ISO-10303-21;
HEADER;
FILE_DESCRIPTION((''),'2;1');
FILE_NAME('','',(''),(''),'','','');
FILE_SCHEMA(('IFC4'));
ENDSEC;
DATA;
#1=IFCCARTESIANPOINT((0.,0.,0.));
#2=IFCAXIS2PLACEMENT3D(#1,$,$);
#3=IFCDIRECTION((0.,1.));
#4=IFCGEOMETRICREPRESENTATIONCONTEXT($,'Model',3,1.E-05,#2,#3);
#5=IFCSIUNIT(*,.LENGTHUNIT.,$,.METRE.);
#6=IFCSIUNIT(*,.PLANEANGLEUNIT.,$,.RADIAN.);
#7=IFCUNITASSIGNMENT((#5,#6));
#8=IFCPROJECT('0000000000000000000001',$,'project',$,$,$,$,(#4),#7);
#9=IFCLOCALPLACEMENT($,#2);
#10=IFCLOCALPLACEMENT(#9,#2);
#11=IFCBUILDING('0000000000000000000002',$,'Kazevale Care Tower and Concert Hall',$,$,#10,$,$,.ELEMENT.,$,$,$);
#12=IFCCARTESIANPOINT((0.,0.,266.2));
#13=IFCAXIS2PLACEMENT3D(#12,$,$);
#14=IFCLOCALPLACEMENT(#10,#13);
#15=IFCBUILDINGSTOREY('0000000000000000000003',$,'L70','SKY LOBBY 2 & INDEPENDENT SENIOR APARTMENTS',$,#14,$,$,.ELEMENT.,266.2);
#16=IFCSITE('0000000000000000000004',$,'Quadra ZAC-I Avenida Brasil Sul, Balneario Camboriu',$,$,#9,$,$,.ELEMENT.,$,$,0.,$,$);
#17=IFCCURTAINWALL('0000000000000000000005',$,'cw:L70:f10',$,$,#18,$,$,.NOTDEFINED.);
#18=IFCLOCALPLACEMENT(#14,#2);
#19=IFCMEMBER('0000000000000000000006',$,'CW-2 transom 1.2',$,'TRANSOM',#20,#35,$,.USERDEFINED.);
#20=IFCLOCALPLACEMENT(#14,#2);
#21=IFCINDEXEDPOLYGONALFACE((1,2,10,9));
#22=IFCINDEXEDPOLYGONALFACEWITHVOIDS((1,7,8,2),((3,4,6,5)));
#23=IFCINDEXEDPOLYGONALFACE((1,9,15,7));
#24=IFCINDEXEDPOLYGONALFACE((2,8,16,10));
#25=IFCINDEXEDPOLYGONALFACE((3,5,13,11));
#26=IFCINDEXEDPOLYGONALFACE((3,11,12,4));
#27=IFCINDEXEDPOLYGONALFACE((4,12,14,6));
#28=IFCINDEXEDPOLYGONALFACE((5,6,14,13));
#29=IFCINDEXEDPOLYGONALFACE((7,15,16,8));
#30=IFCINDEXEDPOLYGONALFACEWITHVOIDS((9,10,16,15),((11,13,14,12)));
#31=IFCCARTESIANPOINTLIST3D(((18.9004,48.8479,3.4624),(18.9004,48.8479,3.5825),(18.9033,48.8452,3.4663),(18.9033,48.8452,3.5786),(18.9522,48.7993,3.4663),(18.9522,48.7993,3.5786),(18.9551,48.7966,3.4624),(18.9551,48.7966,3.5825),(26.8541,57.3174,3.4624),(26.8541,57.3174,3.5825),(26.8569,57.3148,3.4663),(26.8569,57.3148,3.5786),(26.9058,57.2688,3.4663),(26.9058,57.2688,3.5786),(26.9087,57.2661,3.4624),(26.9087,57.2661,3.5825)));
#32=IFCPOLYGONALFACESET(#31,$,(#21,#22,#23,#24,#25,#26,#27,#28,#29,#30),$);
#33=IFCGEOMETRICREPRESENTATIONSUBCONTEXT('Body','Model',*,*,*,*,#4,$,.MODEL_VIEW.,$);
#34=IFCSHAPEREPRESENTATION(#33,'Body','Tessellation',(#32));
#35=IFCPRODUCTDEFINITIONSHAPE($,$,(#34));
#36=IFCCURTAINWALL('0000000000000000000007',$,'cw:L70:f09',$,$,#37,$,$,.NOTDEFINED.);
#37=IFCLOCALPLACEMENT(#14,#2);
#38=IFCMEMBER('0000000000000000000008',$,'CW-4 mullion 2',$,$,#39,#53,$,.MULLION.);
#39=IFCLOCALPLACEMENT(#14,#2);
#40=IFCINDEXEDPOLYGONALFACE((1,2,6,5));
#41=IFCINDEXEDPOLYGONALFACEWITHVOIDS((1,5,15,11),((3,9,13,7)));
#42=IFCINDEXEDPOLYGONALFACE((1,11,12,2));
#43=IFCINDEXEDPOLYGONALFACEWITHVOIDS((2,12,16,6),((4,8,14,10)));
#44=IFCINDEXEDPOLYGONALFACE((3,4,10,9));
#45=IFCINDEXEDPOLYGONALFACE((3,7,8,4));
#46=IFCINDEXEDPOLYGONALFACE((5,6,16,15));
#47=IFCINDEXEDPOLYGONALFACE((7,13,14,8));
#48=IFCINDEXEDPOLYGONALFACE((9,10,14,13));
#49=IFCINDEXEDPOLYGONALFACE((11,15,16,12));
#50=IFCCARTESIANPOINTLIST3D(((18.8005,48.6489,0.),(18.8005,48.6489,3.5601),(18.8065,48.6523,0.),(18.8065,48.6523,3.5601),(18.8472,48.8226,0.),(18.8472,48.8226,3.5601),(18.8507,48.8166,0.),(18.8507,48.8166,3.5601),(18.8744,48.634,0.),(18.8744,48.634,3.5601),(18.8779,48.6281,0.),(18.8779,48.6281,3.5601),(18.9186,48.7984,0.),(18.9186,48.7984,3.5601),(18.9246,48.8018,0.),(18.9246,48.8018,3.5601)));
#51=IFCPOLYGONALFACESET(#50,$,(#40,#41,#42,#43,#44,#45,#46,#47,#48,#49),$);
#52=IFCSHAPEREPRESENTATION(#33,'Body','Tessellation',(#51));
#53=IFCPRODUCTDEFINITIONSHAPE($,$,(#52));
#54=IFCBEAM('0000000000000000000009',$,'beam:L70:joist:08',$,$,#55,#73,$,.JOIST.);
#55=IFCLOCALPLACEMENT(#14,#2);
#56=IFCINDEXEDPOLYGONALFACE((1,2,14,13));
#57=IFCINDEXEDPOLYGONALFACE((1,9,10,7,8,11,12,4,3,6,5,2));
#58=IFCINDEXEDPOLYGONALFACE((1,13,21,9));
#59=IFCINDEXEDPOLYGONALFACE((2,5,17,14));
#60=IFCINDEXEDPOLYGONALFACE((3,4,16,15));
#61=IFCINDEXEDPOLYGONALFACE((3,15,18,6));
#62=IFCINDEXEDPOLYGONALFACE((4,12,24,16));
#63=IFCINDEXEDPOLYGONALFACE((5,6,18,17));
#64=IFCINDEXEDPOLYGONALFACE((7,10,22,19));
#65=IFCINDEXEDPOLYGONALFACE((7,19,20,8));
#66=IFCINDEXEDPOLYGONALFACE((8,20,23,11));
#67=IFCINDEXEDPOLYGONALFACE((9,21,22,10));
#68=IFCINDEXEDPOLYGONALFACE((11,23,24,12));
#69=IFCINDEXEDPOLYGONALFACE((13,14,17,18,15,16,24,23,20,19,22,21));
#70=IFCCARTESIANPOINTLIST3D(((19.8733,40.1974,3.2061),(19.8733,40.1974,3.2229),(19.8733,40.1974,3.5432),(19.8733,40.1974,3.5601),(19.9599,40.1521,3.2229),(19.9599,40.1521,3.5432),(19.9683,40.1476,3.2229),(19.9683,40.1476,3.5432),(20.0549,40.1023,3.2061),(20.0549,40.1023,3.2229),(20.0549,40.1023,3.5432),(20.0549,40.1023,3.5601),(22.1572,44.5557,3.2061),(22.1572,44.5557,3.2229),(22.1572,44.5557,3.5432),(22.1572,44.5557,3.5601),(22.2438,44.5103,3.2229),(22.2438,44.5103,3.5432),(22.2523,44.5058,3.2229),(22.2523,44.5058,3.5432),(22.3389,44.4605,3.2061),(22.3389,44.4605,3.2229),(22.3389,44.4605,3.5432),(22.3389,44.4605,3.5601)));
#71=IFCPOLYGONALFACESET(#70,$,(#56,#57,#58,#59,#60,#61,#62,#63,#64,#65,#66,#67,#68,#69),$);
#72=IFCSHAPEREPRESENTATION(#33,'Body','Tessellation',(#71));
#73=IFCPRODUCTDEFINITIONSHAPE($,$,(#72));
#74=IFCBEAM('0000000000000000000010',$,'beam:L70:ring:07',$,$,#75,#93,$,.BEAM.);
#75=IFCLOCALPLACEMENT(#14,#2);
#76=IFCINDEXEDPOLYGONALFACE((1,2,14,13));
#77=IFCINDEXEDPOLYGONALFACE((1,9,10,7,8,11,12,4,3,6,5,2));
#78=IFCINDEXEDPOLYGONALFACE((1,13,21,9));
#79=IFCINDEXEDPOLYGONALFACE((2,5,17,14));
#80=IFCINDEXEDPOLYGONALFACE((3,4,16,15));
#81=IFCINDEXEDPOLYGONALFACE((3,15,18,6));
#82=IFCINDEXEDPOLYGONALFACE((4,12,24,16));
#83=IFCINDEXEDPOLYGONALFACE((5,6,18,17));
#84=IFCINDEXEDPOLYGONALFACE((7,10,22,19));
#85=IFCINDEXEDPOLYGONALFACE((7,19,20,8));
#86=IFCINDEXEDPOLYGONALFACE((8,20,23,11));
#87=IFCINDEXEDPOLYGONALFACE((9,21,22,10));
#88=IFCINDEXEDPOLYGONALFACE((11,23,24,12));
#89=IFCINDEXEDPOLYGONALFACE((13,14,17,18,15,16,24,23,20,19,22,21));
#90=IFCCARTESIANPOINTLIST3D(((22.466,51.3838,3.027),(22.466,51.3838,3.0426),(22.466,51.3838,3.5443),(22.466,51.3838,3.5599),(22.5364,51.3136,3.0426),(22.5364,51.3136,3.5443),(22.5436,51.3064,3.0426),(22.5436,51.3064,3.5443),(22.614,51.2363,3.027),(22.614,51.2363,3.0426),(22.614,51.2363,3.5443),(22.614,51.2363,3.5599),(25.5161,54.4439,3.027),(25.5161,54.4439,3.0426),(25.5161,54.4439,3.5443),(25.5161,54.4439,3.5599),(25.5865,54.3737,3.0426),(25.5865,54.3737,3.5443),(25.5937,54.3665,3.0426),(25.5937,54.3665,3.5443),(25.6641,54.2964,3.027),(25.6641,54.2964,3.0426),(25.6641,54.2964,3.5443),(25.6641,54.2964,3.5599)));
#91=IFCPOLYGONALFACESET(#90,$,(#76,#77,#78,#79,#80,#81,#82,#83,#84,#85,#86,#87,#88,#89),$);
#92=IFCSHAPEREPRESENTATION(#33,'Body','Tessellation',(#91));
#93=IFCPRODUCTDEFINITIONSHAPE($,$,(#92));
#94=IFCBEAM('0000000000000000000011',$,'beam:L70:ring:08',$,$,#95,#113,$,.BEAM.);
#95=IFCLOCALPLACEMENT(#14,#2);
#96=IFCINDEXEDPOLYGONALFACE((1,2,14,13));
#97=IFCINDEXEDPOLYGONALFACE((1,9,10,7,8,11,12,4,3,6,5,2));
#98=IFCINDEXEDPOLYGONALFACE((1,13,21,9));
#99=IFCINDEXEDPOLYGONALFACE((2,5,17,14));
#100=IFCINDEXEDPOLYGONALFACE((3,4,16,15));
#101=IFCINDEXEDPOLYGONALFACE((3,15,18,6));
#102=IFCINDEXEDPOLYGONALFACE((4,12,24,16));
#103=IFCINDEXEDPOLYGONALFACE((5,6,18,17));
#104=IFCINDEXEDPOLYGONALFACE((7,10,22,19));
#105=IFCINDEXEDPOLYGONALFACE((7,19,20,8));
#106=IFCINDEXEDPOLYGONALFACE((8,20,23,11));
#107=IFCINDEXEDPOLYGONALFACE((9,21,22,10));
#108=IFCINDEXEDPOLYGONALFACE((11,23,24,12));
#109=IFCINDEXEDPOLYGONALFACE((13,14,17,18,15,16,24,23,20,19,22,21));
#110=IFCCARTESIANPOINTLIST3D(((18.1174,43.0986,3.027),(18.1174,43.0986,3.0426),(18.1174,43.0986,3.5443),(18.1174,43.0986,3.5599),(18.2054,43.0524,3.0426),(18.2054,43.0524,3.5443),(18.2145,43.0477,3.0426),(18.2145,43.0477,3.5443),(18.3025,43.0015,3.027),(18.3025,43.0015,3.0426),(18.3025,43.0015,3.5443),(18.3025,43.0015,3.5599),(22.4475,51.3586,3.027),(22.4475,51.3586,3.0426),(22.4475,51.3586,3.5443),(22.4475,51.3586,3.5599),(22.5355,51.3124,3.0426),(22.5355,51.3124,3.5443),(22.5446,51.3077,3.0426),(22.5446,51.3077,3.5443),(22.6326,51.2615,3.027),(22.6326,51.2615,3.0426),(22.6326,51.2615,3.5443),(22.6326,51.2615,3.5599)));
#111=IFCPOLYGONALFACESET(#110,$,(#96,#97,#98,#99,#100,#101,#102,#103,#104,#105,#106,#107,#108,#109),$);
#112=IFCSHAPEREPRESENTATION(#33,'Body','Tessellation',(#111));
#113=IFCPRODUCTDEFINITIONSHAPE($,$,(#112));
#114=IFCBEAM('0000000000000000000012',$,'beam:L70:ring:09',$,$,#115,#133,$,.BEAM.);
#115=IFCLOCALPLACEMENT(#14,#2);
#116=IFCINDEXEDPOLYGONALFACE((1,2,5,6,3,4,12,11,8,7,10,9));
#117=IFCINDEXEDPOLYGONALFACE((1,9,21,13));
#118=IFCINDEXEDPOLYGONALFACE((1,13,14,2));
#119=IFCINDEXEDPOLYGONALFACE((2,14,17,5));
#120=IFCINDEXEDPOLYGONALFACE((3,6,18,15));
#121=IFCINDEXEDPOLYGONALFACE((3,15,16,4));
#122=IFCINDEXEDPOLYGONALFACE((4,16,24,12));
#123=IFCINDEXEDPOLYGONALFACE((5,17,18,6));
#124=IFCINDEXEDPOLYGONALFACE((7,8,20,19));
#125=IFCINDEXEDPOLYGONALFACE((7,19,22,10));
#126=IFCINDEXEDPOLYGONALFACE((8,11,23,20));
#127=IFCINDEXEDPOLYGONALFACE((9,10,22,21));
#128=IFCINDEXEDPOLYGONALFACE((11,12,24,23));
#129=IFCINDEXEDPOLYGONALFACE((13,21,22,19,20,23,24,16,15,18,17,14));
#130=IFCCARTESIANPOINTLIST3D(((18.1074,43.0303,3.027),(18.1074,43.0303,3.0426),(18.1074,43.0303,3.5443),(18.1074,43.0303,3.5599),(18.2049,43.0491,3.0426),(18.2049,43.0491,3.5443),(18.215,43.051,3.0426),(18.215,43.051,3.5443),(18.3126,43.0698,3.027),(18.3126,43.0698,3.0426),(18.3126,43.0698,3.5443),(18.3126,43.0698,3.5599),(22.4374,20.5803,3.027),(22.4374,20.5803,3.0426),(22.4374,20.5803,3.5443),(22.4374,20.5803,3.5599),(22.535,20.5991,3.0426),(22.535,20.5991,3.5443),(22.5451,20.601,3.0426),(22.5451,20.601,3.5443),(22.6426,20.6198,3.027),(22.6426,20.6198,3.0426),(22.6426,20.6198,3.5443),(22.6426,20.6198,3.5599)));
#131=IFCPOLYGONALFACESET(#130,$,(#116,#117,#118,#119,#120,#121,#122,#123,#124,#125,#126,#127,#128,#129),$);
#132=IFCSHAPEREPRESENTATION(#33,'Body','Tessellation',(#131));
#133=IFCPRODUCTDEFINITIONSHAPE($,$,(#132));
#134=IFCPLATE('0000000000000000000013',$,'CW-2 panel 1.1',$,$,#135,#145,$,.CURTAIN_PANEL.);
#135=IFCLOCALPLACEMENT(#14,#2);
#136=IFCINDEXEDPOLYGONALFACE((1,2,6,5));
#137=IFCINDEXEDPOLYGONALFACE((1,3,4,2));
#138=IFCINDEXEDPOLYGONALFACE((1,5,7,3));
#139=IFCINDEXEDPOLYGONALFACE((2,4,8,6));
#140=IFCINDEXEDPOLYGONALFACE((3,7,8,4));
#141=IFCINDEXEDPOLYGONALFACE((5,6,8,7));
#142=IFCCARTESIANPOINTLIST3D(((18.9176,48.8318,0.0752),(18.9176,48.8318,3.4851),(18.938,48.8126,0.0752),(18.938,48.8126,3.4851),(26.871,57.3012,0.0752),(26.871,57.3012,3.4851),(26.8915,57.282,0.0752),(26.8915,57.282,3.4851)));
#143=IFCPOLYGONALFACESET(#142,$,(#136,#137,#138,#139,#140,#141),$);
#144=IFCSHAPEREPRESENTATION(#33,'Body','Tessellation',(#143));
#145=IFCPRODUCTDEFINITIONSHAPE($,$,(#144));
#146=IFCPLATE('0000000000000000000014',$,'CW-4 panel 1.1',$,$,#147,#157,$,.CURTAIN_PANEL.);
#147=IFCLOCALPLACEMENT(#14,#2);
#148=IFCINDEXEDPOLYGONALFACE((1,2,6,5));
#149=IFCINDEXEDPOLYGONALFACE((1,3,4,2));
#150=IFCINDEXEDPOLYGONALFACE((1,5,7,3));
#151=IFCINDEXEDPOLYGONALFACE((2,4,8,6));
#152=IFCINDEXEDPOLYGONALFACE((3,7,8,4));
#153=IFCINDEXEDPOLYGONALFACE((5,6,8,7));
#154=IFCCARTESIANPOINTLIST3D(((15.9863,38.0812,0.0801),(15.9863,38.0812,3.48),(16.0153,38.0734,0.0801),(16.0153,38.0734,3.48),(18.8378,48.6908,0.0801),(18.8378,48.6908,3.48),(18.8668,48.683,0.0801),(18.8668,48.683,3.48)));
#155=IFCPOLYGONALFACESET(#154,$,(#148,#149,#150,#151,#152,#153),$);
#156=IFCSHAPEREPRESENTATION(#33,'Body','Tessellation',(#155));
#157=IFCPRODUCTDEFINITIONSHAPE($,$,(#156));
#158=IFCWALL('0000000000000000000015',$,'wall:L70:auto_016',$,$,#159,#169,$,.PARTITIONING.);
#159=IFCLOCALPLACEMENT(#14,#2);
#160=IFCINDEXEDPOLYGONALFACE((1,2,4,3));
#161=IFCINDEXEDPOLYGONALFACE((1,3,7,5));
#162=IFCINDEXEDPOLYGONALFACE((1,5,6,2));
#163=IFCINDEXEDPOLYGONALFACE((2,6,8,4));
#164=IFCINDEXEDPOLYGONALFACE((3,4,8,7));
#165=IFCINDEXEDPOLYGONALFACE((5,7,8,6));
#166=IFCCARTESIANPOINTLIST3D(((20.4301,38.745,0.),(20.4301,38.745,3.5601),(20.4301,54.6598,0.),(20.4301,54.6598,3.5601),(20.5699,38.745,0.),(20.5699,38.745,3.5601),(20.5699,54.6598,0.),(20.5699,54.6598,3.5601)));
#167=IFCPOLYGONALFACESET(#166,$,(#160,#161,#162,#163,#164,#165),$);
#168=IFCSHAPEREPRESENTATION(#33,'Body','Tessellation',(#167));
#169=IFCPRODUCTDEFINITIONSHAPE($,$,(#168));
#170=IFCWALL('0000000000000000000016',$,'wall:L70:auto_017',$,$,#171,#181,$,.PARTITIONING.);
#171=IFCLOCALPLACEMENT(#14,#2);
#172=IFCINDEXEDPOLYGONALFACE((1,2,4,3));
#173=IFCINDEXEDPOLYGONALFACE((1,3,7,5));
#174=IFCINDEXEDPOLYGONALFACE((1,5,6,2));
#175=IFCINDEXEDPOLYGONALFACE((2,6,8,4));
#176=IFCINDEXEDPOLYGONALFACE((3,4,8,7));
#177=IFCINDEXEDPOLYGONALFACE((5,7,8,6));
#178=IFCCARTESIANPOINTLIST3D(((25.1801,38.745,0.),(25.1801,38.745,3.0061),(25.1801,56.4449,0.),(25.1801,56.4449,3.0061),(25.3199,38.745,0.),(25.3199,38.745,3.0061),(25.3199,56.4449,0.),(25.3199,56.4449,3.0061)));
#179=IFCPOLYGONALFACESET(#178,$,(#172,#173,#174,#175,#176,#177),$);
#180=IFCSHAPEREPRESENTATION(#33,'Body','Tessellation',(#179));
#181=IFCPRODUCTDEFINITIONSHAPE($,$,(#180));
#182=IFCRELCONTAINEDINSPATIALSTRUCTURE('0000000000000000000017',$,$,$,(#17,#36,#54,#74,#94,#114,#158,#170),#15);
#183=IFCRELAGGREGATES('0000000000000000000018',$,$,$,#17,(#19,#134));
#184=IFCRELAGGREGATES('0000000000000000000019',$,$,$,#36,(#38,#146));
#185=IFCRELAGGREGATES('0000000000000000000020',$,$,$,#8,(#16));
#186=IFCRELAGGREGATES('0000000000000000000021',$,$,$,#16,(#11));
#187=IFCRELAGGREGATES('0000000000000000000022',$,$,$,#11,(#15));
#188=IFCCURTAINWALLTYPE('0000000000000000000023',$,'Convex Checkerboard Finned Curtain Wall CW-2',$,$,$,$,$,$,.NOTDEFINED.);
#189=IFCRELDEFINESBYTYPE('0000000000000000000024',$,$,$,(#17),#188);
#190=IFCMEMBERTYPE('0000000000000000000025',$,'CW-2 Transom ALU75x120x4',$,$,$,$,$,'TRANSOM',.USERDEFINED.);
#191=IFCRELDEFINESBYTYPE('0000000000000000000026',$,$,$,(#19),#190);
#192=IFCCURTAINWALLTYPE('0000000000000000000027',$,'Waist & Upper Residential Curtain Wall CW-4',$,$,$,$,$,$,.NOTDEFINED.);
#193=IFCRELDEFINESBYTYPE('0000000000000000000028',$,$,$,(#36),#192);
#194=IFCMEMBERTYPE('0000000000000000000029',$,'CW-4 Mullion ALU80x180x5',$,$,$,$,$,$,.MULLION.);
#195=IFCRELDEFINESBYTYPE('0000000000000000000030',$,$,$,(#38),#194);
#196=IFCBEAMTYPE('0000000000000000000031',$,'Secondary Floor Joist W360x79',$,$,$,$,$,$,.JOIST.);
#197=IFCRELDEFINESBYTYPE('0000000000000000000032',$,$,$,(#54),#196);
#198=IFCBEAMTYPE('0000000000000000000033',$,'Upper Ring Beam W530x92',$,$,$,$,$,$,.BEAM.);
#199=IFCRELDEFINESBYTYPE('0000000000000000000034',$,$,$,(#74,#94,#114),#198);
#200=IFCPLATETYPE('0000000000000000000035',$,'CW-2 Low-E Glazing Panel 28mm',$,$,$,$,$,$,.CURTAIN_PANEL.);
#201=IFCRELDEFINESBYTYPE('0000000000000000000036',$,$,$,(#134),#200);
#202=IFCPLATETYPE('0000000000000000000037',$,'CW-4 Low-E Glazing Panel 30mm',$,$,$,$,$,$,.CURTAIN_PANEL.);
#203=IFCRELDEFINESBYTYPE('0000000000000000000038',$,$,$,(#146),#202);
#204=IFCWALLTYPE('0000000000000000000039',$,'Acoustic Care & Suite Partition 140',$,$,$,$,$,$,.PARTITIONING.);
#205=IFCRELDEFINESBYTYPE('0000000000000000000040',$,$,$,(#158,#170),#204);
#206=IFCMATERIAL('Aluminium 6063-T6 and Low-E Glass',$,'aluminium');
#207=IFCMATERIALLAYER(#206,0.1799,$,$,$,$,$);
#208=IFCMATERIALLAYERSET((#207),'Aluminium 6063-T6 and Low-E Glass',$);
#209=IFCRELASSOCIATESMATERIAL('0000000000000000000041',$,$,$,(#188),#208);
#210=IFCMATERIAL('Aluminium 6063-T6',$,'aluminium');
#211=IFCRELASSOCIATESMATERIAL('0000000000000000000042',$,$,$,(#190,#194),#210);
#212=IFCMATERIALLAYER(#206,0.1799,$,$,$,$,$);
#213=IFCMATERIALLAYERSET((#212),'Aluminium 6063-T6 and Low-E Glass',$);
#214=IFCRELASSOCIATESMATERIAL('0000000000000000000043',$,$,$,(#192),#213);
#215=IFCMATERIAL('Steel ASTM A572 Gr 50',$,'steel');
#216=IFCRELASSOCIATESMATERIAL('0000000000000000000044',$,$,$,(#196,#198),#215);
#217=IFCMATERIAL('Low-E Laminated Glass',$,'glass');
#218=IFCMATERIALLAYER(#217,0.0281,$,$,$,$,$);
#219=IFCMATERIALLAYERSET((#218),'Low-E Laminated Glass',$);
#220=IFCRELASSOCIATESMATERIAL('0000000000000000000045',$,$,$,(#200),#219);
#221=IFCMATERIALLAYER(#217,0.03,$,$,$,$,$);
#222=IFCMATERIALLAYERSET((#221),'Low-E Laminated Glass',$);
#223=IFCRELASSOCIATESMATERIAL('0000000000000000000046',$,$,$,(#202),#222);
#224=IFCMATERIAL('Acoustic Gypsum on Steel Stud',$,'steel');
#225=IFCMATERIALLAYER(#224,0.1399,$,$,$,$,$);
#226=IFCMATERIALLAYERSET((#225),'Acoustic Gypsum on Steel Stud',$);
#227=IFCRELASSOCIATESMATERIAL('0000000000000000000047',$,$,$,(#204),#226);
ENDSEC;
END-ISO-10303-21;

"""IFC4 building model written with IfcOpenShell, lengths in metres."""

from ifc_helpers import new_model, si_unit, direction, frame, frame_2d, origin, origin_2d, place, context, subcontext, project, spatial, rectangle, hollow_rectangle, i_section, extrude, material, layer, layer_set, material_profile, profile_set, type_object, element, aggregate, save


model = new_model("IFC4")

# Units and contexts
model_context = context("Model", 3, precision=1e-05, world=origin(), true_north=direction((0.0, 1.0)))
body_context = subcontext(model_context, "Body", "Model", "MODEL_VIEW")
ifc_project = project(units=[si_unit("LENGTHUNIT", "METRE"), si_unit("PLANEANGLEUNIT", "RADIAN")], contexts=[model_context])

# Site, building, storey
site_placement = place(None, origin())
site = spatial("IfcSite", under=ifc_project, at=site_placement, Name="Quadra ZAC-I Avenida Brasil Sul, Balneario Camboriu", CompositionType="ELEMENT", RefElevation=0.0)
building_placement = place(site_placement, origin())
building = spatial("IfcBuilding", under=site, at=building_placement, Name="Kazevale Care Tower and Concert Hall", CompositionType="ELEMENT")
storey_placement = place(building_placement, frame((0.0, 0.0, 266.2)))
storey = spatial("IfcBuildingStorey", under=building, at=storey_placement, Name="L70", Description="SKY LOBBY 2 & INDEPENDENT SENIOR APARTMENTS", CompositionType="ELEMENT", Elevation=266.2)

# Curtain wall, member
ifc_material_1 = material(Name="Aluminium 6063-T6 and Low-E Glass", Category="aluminium")
ifc_layer_1 = layer(ifc_material_1, 0.1799)
ifc_layer_set_1 = layer_set([ifc_layer_1], Name="Aluminium 6063-T6 and Low-E Glass")
curtain_wall_type_1 = type_object("IfcCurtainWallType", Name="Convex Checkerboard Finned Curtain Wall CW-2", PredefinedType="NOTDEFINED", material=ifc_layer_set_1)
curtain_wall_1_placement = place(storey_placement, origin())
curtain_wall_1 = element("IfcCurtainWall", 1, at=curtain_wall_1_placement, inside=storey, type_object=curtain_wall_type_1, Name="cw:L70:f10", PredefinedType="NOTDEFINED")
ifc_material_2 = material(Name="Aluminium 6063-T6", Category="aluminium")
ifc_material_profile_1 = material_profile(ifc_material_2, hollow_rectangle(XDim=0.075, YDim=0.1201, WallThickness=0.0039, at=origin_2d()), Name="ALU75x120x4")
ifc_profile_set_1 = profile_set([ifc_material_profile_1], Name="Aluminium 6063-T6")
member_type_1 = type_object("IfcMemberType", Name="CW-2 Transom ALU75x120x4", ElementType="TRANSOM", PredefinedType="USERDEFINED", material=ifc_profile_set_1)
member_1_placement = place(storey_placement, frame((18.9277, 48.8223, 3.5225), z_axis=(0.684558, 0.728958, 0.0), x_axis=(-0.728958, 0.684558, 0.0)))
member_1 = element("IfcMember", 2, at=member_1_placement, type_object=member_type_1, Name="CW-2 transom 1.2", ObjectType="TRANSOM", PredefinedType="USERDEFINED", context=body_context, shape_type="SweptSolid", body=[
    extrude(hollow_rectangle(XDim=0.075, YDim=0.1201, WallThickness=0.0039, at=origin_2d()), origin(), (0.0, 0.0, 1.0), 11.6187),
])

# Curtain wall, member
ifc_layer_2 = layer(ifc_material_1, 0.1799)
ifc_layer_set_2 = layer_set([ifc_layer_2], Name="Aluminium 6063-T6 and Low-E Glass")
curtain_wall_type_2 = type_object("IfcCurtainWallType", Name="Waist & Upper Residential Curtain Wall CW-4", PredefinedType="NOTDEFINED", material=ifc_layer_set_2)
curtain_wall_2_placement = place(storey_placement, origin())
curtain_wall_2 = element("IfcCurtainWall", 3, at=curtain_wall_2_placement, inside=storey, type_object=curtain_wall_type_2, Name="cw:L70:f09", PredefinedType="NOTDEFINED")
ifc_material_profile_2 = material_profile(ifc_material_2, hollow_rectangle(XDim=0.0801, YDim=0.1799, WallThickness=0.0049, at=origin_2d()), Name="ALU80x180x5")
ifc_profile_set_2 = profile_set([ifc_material_profile_2], Name="Aluminium 6063-T6")
member_type_2 = type_object("IfcMemberType", Name="CW-4 Mullion ALU80x180x5", PredefinedType="MULLION", material=ifc_profile_set_2)
member_2_placement = place(storey_placement, frame((18.8625, 48.7253, 0.0), z_axis=(0.0, 0.0, 1.0), x_axis=(-0.965728, 0.259555, 0.0)))
member_2 = element("IfcMember", 4, at=member_2_placement, type_object=member_type_2, Name="CW-4 mullion 2", PredefinedType="MULLION", context=body_context, shape_type="SweptSolid", body=[
    extrude(hollow_rectangle(XDim=0.0801, YDim=0.1799, WallThickness=0.0049, at=origin_2d()), origin(), (0.0, 0.0, 1.0), 3.5601),
])

# Beams
ifc_material_3 = material(Name="Steel ASTM A572 Gr 50", Category="steel")
ifc_material_profile_3 = material_profile(ifc_material_3, i_section(OverallWidth=0.2051, OverallDepth=0.354, WebThickness=0.0095, FlangeThickness=0.0168, at=origin_2d()), Name="W360x79")
ifc_profile_set_3 = profile_set([ifc_material_profile_3], Name="Steel ASTM A572 Gr 50")
beam_type_1 = type_object("IfcBeamType", Name="Secondary Floor Joist W360x79", PredefinedType="JOIST", material=ifc_profile_set_3)
beam_1_placement = place(storey_placement, frame((22.248, 44.5081, 3.3831), z_axis=(-0.464181, -0.88574, 0.0), x_axis=(0.88574, -0.464181, 0.0)))
element("IfcBeam", 5, at=beam_1_placement, inside=storey, type_object=beam_type_1, Name="beam:L70:joist:08", PredefinedType="JOIST", context=body_context, shape_type="SweptSolid", body=[
    extrude(i_section(OverallWidth=0.2051, OverallDepth=0.354, WebThickness=0.0095, FlangeThickness=0.0168, at=origin_2d()), origin(), (0.0, 0.0, 1.0), 4.9204),
])
ifc_material_profile_4 = material_profile(ifc_material_3, i_section(OverallWidth=0.209, OverallDepth=0.533, WebThickness=0.0103, FlangeThickness=0.0156, at=origin_2d()), Name="W530x92")
ifc_profile_set_4 = profile_set([ifc_material_profile_4], Name="Steel ASTM A572 Gr 50")
beam_type_2 = type_object("IfcBeamType", Name="Upper Ring Beam W530x92", PredefinedType="BEAM", material=ifc_profile_set_4)
beam_2_placement = place(storey_placement, frame((25.5901, 54.3701, 3.2935), z_axis=(-0.705947, -0.708264, 0.0), x_axis=(0.708264, -0.705947, 0.0)))
element("IfcBeam", 6, at=beam_2_placement, inside=storey, type_object=beam_type_2, Name="beam:L70:ring:07", PredefinedType="BEAM", context=body_context, shape_type="SweptSolid", body=[
    extrude(i_section(OverallWidth=0.209, OverallDepth=0.533, WebThickness=0.0103, FlangeThickness=0.0156, at=origin_2d()), origin(), (0.0, 0.0, 1.0), 4.3206),
])
beam_3_placement = place(storey_placement, frame((22.54, 51.3101, 3.2935), z_axis=(-0.464294, -0.885681, 0.0), x_axis=(0.885681, -0.464294, 0.0)))
element("IfcBeam", 7, at=beam_3_placement, inside=storey, type_object=beam_type_2, Name="beam:L70:ring:08", PredefinedType="BEAM", context=body_context, shape_type="SweptSolid", body=[
    extrude(i_section(OverallWidth=0.209, OverallDepth=0.533, WebThickness=0.0103, FlangeThickness=0.0156, at=origin_2d()), origin(), (0.0, 0.0, 1.0), 9.3262),
])
beam_4_placement = place(storey_placement, frame((18.21, 43.05, 3.2935), z_axis=(0.189386, -0.981903, 0.0), x_axis=(0.981903, 0.189386, 0.0)))
element("IfcBeam", 8, at=beam_4_placement, inside=storey, type_object=beam_type_2, Name="beam:L70:ring:09", PredefinedType="BEAM", context=body_context, shape_type="SweptSolid", body=[
    extrude(i_section(OverallWidth=0.209, OverallDepth=0.533, WebThickness=0.0103, FlangeThickness=0.0156, at=origin_2d()), origin(), (0.0, 0.0, 1.0), 22.8638),
])

# Plates
ifc_material_4 = material(Name="Low-E Laminated Glass", Category="glass")
ifc_layer_3 = layer(ifc_material_4, 0.0281)
ifc_layer_set_3 = layer_set([ifc_layer_3], Name="Low-E Laminated Glass")
plate_type_1 = type_object("IfcPlateType", Name="CW-2 Low-E Glazing Panel 28mm", PredefinedType="CURTAIN_PANEL", material=ifc_layer_set_3)
plate_1_placement = place(storey_placement, frame((22.9045, 53.0569, 0.0752), z_axis=(0.0, 0.0, 1.0), x_axis=(0.684557, 0.72896, 0.0)))
plate_1 = element("IfcPlate", 9, at=plate_1_placement, type_object=plate_type_1, Name="CW-2 panel 1.1", PredefinedType="CURTAIN_PANEL", context=body_context, shape_type="SweptSolid", body=[
    extrude(rectangle(XDim=11.6184, YDim=0.0281, at=origin_2d()), origin(), (0.0, 0.0, 1.0), 3.4099),
])
aggregate(curtain_wall_1, [member_1, plate_1])
ifc_layer_4 = layer(ifc_material_4, 0.03)
ifc_layer_set_4 = layer_set([ifc_layer_4], Name="Low-E Laminated Glass")
plate_type_2 = type_object("IfcPlateType", Name="CW-4 Low-E Glazing Panel 30mm", PredefinedType="CURTAIN_PANEL", material=ifc_layer_set_4)
plate_2_placement = place(storey_placement, frame((17.4265, 43.3821, 0.0801), z_axis=(0.0, 0.0, 1.0), x_axis=(0.259555, 0.965728, 0.0)))
plate_2 = element("IfcPlate", 10, at=plate_2_placement, type_object=plate_type_2, Name="CW-4 panel 1.1", PredefinedType="CURTAIN_PANEL", context=body_context, shape_type="SweptSolid", body=[
    extrude(rectangle(XDim=10.9861, YDim=0.03, at=origin_2d()), origin(), (0.0, 0.0, 1.0), 3.3999),
])
aggregate(curtain_wall_2, [member_2, plate_2])

# Walls
ifc_material_5 = material(Name="Acoustic Gypsum on Steel Stud", Category="steel")
ifc_layer_5 = layer(ifc_material_5, 0.1399)
ifc_layer_set_5 = layer_set([ifc_layer_5], Name="Acoustic Gypsum on Steel Stud")
wall_type_1 = type_object("IfcWallType", Name="Acoustic Care & Suite Partition 140", PredefinedType="PARTITIONING", material=ifc_layer_set_5)
wall_1_placement = place(storey_placement, frame((20.5, 54.6599, 0.0), z_axis=(0.0, 0.0, 1.0), x_axis=(0.0, -1.0, 0.0)))
element("IfcWall", 11, at=wall_1_placement, inside=storey, type_object=wall_type_1, Name="wall:L70:auto_016", PredefinedType="PARTITIONING", context=body_context, shape_type="SweptSolid", body=[
    extrude(rectangle(XDim=15.9148, YDim=0.1399, at=frame_2d((7.9575, 0.0))), origin(), (0.0, 0.0, 1.0), 3.5601),
])
wall_2_placement = place(storey_placement, frame((25.25, 56.4451, 0.0), z_axis=(0.0, 0.0, 1.0), x_axis=(0.0, -1.0, 0.0)))
element("IfcWall", 12, at=wall_2_placement, inside=storey, type_object=wall_type_1, Name="wall:L70:auto_017", PredefinedType="PARTITIONING", context=body_context, shape_type="SweptSolid", body=[
    extrude(rectangle(XDim=17.7, YDim=0.1399, at=frame_2d((8.8501, 0.0))), origin(), (0.0, 0.0, 1.0), 3.0061),
])

save(model, "model.ifc")
